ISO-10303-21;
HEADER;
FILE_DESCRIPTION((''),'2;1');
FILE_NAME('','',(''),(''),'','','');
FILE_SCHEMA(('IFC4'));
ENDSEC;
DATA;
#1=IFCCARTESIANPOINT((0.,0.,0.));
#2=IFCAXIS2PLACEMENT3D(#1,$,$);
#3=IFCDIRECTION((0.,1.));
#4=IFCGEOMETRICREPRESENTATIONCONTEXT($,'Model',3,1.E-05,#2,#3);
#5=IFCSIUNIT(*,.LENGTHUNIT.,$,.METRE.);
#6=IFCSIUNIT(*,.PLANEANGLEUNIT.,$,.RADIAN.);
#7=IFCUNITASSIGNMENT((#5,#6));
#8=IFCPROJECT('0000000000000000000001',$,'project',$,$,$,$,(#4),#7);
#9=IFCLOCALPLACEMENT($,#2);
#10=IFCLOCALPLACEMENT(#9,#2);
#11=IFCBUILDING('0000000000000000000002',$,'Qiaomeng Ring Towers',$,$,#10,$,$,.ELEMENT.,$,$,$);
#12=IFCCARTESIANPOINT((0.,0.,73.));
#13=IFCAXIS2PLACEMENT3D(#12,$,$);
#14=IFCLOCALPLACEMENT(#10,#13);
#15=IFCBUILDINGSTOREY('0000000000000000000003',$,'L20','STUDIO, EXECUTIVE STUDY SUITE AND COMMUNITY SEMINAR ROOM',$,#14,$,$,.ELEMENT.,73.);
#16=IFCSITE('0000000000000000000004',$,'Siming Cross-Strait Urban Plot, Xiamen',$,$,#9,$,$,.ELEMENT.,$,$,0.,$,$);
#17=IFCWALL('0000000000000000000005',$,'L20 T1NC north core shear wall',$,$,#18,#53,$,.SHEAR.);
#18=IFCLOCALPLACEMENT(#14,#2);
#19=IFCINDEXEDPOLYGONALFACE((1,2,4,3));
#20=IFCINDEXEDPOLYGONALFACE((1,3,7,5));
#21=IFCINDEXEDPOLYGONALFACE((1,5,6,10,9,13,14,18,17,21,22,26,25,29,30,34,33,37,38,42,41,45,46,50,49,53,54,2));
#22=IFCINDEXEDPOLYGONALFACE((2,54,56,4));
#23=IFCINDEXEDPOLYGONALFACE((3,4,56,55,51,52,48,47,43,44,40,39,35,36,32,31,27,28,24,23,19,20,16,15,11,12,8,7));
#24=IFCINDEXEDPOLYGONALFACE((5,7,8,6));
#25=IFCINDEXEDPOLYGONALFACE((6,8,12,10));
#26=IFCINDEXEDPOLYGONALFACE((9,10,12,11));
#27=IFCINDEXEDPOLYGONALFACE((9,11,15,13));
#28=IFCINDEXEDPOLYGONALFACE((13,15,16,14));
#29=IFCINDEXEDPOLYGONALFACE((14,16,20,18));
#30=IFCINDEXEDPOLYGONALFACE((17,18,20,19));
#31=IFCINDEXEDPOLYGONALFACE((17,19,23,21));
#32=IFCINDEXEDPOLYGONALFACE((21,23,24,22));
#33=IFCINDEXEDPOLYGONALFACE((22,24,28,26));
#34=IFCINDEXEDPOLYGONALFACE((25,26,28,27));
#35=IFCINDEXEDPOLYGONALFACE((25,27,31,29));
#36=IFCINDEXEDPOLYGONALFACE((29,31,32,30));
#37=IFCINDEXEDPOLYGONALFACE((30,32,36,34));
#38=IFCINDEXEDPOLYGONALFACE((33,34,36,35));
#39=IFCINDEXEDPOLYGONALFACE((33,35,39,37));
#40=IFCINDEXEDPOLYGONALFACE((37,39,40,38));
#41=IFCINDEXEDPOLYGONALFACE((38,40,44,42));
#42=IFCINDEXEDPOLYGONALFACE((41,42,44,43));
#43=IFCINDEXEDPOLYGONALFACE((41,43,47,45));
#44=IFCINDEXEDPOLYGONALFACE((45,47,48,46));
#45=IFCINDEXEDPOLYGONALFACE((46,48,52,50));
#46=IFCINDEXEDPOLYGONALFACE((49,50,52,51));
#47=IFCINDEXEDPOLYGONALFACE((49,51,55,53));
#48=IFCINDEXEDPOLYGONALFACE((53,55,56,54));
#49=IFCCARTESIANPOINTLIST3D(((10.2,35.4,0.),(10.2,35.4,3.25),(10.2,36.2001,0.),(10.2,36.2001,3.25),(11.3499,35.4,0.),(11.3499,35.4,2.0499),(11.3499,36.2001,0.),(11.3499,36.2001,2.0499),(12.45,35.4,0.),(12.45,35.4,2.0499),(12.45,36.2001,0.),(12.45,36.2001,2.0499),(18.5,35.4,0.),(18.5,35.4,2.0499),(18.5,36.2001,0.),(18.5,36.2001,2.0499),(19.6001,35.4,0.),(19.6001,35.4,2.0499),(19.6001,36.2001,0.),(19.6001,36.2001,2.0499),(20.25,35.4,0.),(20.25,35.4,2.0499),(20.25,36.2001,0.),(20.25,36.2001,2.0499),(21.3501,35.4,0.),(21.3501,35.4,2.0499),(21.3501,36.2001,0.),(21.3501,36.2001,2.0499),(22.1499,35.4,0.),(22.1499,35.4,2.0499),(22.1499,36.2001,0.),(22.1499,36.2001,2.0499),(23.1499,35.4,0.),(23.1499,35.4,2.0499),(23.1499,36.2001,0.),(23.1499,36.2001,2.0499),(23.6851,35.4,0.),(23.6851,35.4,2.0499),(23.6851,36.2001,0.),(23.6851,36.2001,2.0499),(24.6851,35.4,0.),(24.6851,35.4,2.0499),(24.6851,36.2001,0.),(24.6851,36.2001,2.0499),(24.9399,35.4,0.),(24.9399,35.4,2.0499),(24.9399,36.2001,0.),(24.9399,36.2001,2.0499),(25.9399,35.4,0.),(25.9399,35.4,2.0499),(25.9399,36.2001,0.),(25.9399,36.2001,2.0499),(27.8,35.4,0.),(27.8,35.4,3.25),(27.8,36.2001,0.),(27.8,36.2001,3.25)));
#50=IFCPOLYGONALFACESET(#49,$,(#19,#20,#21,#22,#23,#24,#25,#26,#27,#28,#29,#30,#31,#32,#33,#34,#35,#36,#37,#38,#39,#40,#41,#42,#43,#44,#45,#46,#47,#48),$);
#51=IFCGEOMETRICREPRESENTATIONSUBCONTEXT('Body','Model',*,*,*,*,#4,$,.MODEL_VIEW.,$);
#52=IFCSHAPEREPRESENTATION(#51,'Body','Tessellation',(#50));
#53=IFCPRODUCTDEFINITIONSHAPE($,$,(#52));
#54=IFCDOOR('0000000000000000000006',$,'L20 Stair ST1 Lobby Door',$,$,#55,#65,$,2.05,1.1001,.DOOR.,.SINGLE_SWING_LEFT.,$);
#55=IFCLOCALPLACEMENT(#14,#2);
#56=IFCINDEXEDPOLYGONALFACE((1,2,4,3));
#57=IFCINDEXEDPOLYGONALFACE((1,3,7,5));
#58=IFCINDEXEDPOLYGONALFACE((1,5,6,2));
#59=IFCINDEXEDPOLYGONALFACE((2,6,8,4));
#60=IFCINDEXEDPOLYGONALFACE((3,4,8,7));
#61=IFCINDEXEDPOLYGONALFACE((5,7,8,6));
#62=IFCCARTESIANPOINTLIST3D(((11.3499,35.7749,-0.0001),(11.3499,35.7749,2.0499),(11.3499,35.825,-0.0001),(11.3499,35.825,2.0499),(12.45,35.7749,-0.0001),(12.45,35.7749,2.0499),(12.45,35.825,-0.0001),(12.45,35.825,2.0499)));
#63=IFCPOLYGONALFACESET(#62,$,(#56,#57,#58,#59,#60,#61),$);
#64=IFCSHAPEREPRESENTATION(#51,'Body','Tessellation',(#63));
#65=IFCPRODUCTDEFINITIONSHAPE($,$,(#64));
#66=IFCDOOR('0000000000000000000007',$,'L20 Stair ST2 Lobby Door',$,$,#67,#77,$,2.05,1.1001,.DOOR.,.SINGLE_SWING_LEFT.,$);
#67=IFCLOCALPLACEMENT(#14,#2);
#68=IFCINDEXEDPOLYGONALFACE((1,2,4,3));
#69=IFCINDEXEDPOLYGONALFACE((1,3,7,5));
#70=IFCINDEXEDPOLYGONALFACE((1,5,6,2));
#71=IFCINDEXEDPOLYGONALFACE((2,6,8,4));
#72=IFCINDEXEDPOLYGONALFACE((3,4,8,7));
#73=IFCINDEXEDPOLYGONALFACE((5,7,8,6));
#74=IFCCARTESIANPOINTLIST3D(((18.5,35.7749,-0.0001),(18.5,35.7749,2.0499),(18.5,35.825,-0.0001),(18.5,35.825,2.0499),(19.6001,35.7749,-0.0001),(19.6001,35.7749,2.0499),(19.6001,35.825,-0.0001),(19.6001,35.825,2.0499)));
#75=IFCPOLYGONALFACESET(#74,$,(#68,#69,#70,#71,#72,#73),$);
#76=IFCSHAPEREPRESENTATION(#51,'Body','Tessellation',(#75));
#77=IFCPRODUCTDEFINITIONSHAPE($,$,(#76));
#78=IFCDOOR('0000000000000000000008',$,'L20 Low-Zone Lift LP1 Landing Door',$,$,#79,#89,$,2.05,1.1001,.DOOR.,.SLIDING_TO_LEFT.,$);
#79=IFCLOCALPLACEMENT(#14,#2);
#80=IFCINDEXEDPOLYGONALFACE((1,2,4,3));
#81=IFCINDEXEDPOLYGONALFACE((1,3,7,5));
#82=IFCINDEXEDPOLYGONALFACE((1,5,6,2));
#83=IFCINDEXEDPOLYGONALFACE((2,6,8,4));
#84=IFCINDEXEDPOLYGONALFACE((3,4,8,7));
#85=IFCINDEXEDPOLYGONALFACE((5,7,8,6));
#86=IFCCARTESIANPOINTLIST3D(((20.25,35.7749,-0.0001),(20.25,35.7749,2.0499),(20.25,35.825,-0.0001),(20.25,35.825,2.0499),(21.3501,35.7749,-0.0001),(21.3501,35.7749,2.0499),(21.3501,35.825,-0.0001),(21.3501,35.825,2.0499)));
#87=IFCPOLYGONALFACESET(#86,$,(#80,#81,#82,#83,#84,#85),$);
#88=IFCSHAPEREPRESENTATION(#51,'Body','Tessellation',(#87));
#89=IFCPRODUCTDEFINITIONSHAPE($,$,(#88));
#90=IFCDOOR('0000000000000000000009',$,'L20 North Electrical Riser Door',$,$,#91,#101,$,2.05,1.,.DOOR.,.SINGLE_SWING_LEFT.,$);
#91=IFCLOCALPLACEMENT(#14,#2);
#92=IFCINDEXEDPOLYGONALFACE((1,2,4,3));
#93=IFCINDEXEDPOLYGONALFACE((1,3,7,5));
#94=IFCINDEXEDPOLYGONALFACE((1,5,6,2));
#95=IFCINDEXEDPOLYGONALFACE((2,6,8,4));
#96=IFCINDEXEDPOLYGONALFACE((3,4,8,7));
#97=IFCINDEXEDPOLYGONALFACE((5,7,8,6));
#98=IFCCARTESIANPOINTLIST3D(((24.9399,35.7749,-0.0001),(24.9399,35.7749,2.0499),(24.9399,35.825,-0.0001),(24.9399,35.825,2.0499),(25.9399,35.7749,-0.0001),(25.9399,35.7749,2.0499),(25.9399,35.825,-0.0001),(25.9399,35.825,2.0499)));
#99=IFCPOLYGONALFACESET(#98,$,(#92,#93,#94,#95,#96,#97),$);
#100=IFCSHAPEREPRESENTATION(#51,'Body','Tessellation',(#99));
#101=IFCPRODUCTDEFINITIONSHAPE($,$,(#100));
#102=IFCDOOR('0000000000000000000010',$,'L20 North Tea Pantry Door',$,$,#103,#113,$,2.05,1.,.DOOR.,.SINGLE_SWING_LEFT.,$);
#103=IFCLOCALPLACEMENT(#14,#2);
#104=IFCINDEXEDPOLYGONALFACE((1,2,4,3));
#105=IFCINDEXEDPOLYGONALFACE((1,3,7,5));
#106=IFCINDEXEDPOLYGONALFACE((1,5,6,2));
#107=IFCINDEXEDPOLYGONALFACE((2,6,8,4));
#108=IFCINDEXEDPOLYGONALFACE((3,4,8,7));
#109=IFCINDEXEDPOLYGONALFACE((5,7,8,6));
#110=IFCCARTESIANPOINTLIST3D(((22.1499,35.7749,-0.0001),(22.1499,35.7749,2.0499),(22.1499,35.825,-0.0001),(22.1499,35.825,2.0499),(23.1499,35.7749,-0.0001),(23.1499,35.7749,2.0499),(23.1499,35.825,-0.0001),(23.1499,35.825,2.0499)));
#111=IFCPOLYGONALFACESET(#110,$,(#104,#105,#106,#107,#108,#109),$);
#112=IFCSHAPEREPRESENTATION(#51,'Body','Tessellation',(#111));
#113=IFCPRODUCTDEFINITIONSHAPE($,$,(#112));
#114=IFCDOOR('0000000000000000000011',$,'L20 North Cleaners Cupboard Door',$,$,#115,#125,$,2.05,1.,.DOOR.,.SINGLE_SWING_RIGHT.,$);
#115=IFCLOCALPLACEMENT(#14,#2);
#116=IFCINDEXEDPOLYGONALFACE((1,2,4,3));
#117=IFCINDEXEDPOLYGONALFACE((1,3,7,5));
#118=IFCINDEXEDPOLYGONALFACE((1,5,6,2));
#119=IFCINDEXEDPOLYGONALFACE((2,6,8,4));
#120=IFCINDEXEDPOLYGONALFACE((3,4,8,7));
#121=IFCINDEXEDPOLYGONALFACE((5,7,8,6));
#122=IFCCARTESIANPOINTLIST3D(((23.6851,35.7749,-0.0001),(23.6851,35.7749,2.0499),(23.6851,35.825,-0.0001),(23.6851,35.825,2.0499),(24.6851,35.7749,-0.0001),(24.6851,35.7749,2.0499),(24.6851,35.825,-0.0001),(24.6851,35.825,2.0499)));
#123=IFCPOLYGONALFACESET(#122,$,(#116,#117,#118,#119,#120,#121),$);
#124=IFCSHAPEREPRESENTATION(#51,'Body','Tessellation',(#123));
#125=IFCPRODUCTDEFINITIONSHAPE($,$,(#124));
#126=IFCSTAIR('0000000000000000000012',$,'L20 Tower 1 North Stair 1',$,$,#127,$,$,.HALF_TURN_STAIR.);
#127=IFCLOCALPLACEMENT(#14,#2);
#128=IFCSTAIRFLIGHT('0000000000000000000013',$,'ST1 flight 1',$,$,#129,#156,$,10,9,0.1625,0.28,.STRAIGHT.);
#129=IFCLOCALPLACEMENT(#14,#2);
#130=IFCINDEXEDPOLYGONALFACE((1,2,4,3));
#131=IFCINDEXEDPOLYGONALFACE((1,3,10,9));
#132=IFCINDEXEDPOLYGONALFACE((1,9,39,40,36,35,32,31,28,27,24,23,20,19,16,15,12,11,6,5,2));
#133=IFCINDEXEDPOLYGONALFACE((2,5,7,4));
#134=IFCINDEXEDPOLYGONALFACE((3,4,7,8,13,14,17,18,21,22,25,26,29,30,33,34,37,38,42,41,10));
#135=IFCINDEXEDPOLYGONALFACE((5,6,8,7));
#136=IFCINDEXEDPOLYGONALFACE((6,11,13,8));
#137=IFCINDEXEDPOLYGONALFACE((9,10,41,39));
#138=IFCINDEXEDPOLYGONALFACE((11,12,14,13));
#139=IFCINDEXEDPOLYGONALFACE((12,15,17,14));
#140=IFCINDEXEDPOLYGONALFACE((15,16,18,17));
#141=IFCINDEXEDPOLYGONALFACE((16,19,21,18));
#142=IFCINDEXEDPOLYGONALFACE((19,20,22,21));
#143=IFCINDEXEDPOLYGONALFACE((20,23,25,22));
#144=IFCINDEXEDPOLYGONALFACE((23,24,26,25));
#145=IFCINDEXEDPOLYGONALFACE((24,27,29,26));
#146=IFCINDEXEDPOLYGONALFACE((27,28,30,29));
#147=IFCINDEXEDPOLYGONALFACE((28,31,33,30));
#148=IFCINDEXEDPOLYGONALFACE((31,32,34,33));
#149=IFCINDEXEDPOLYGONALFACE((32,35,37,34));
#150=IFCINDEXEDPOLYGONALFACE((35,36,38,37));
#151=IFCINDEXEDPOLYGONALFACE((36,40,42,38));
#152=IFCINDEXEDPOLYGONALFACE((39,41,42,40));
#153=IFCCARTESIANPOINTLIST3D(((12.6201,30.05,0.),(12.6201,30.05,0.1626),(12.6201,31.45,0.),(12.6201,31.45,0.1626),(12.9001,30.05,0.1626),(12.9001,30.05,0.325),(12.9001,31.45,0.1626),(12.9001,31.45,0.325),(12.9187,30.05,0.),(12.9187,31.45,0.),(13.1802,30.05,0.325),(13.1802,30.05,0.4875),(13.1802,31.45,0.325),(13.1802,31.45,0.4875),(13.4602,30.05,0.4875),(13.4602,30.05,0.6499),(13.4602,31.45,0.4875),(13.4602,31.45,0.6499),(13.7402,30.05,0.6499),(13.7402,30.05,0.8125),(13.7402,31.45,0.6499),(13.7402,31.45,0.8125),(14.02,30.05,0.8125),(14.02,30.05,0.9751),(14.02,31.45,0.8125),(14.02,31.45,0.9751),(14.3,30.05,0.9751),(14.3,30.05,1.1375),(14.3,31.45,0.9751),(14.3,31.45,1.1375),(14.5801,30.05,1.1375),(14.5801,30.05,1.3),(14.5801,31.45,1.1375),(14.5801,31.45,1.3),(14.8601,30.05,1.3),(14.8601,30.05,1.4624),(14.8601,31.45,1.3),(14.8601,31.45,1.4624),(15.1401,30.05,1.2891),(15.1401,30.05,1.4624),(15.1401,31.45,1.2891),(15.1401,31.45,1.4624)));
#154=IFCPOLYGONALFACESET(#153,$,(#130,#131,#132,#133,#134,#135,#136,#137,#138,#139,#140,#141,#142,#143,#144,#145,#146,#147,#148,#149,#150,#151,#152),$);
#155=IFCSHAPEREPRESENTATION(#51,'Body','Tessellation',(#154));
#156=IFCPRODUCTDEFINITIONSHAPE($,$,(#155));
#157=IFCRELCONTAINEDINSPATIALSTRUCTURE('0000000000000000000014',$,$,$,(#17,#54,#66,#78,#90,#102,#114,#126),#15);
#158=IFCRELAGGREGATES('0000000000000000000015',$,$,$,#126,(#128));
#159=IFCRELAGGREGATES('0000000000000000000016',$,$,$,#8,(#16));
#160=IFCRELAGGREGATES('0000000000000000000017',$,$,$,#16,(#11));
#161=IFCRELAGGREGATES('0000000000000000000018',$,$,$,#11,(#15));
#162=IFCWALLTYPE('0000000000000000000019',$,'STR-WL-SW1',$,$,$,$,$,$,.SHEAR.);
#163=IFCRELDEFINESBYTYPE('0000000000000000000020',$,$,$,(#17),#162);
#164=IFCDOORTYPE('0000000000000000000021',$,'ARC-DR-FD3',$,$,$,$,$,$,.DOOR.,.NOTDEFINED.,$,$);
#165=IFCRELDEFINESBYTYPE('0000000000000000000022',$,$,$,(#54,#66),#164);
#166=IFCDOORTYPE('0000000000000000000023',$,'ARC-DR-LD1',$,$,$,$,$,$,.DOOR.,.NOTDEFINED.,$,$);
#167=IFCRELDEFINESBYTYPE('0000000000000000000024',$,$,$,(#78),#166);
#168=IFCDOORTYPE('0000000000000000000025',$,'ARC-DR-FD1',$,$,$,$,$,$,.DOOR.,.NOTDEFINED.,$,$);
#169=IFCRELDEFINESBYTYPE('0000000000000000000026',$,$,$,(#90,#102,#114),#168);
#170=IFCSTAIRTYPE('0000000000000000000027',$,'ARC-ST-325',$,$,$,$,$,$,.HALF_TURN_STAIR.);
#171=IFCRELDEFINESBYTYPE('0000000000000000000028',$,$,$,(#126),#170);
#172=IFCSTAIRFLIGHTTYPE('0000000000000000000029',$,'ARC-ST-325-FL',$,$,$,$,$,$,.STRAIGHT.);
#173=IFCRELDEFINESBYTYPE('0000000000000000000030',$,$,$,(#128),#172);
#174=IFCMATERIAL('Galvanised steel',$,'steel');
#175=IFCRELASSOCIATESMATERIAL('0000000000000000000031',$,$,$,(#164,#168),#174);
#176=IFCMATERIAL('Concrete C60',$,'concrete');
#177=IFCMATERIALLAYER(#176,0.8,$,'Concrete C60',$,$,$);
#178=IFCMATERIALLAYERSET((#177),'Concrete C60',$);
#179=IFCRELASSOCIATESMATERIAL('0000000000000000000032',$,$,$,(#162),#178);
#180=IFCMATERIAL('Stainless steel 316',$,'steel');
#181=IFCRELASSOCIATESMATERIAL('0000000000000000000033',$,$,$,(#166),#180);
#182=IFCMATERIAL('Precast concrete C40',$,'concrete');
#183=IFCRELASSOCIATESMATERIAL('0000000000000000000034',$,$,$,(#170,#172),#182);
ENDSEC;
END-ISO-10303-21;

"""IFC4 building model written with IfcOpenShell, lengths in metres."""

from ifc_helpers import new_model, si_unit, direction, frame, frame_2d, origin, place, context, subcontext, project, spatial, polyline, rectangle, outline, extrude, source, transform, mapped, material, layer, layer_set, type_object, element, fill, aggregate, save


model = new_model("IFC4")

# Units and contexts
model_context = context("Model", 3, precision=1e-05, world=origin(), true_north=direction((0.0, 1.0)))
body_context = subcontext(model_context, "Body", "Model", "MODEL_VIEW")
ifc_project = project(units=[si_unit("LENGTHUNIT", "METRE"), si_unit("PLANEANGLEUNIT", "RADIAN")], contexts=[model_context])

# Site, building, storey
site_placement = place(None, origin())
site = spatial("IfcSite", under=ifc_project, at=site_placement, Name="Siming Cross-Strait Urban Plot, Xiamen", CompositionType="ELEMENT", RefElevation=0.0)
building_placement = place(site_placement, origin())
building = spatial("IfcBuilding", under=site, at=building_placement, Name="Qiaomeng Ring Towers", CompositionType="ELEMENT")
storey_placement = place(building_placement, frame((0.0, 0.0, 73.0)))
storey = spatial("IfcBuildingStorey", under=building, at=storey_placement, Name="L20", Description="STUDIO, EXECUTIVE STUDY SUITE AND COMMUNITY SEMINAR ROOM", CompositionType="ELEMENT", Elevation=73.0)

# Shared definitions
shared_shape_1 = source(origin(), body_context, "Body", "SweptSolid", [
    extrude(rectangle(XDim=1.0, YDim=2.05, at=frame_2d((0.5, 1.0249))), frame((0.0, 0.0249, 0.0), z_axis=(0.0, -1.0, 0.0), x_axis=(1.0, 0.0, 0.0)), (0.0, 0.0, 1.0), 0.05),
])

# Shared definitions
ifc_material_1 = material(Name="Galvanised steel", Category="steel")
door_type_1 = type_object("IfcDoorType", Name="ARC-DR-FD3", OperationType="NOTDEFINED", PredefinedType="DOOR", material=ifc_material_1)
shared_shape_2 = source(origin(), body_context, "Body", "SweptSolid", [
    extrude(rectangle(XDim=1.1001, YDim=2.05, at=frame_2d((0.55, 1.0249))), frame((0.0, 0.0249, 0.0), z_axis=(0.0, -1.0, 0.0), x_axis=(1.0, 0.0, 0.0)), (0.0, 0.0, 1.0), 0.05),
])

# Wall, openings, doors
ifc_material_2 = material(Name="Concrete C60", Category="concrete")
ifc_layer_1 = layer(ifc_material_2, 0.8, Name="Concrete C60")
ifc_layer_set_1 = layer_set([ifc_layer_1], Name="Concrete C60")
wall_type_1 = type_object("IfcWallType", Name="STR-WL-SW1", PredefinedType="SHEAR", material=ifc_layer_set_1)
wall_1_placement = place(storey_placement, frame((10.2, 35.8, 0.0), z_axis=(0.0, 0.0, 1.0), x_axis=(1.0, 0.0, 0.0)))
wall_1 = element("IfcWall", 1, at=wall_1_placement, inside=storey, type_object=wall_type_1, Name="L20 T1NC north core shear wall", PredefinedType="SHEAR", context=body_context, shape_type="SweptSolid", body=[
    extrude(rectangle(XDim=17.6001, YDim=0.8, at=frame_2d((8.8, 0.0))), origin(), (0.0, 0.0, 1.0), 3.25),
])
opening_1_placement = place(wall_1_placement, frame((1.1499, 0.0, 0.0)))
opening_1 = element("IfcOpeningElement", 2, at=opening_1_placement, cuts=wall_1, PredefinedType="OPENING", context=body_context, shape_type="SweptSolid", body=[
    extrude(rectangle(XDim=1.1001, YDim=2.05, at=frame_2d((0.55, 1.0249))), frame((0.0, 0.4099, 0.0), z_axis=(0.0, -1.0, 0.0), x_axis=(1.0, 0.0, 0.0)), (0.0, 0.0, 1.0), 0.8201),
])
opening_2_placement = place(wall_1_placement, frame((8.3, 0.0, 0.0)))
opening_2 = element("IfcOpeningElement", 3, at=opening_2_placement, cuts=wall_1, PredefinedType="OPENING", context=body_context, shape_type="SweptSolid", body=[
    extrude(rectangle(XDim=1.1001, YDim=2.05, at=frame_2d((0.55, 1.0249))), frame((0.0, 0.4099, 0.0), z_axis=(0.0, -1.0, 0.0), x_axis=(1.0, 0.0, 0.0)), (0.0, 0.0, 1.0), 0.8201),
])
opening_3_placement = place(wall_1_placement, frame((10.05, 0.0, 0.0)))
opening_3 = element("IfcOpeningElement", 4, at=opening_3_placement, cuts=wall_1, PredefinedType="OPENING", context=body_context, shape_type="SweptSolid", body=[
    extrude(rectangle(XDim=1.1001, YDim=2.05, at=frame_2d((0.55, 1.0249))), frame((0.0, 0.4099, 0.0), z_axis=(0.0, -1.0, 0.0), x_axis=(1.0, 0.0, 0.0)), (0.0, 0.0, 1.0), 0.8201),
])
opening_4_placement = place(wall_1_placement, frame((14.74, 0.0, 0.0)))
opening_4 = element("IfcOpeningElement", 5, at=opening_4_placement, cuts=wall_1, PredefinedType="OPENING", context=body_context, shape_type="SweptSolid", body=[
    extrude(rectangle(XDim=1.0, YDim=2.05, at=frame_2d((0.5, 1.0249))), frame((0.0, 0.4099, 0.0), z_axis=(0.0, -1.0, 0.0), x_axis=(1.0, 0.0, 0.0)), (0.0, 0.0, 1.0), 0.8201),
])
opening_5_placement = place(wall_1_placement, frame((11.95, 0.0, 0.0)))
opening_5 = element("IfcOpeningElement", 6, at=opening_5_placement, cuts=wall_1, PredefinedType="OPENING", context=body_context, shape_type="SweptSolid", body=[
    extrude(rectangle(XDim=1.0, YDim=2.05, at=frame_2d((0.5, 1.0249))), frame((0.0, 0.4099, 0.0), z_axis=(0.0, -1.0, 0.0), x_axis=(1.0, 0.0, 0.0)), (0.0, 0.0, 1.0), 0.8201),
])
opening_6_placement = place(wall_1_placement, frame((13.4851, 0.0, 0.0)))
opening_6 = element("IfcOpeningElement", 7, at=opening_6_placement, cuts=wall_1, PredefinedType="OPENING", context=body_context, shape_type="SweptSolid", body=[
    extrude(rectangle(XDim=1.0, YDim=2.05, at=frame_2d((0.5, 1.0249))), frame((0.0, 0.4099, 0.0), z_axis=(0.0, -1.0, 0.0), x_axis=(1.0, 0.0, 0.0)), (0.0, 0.0, 1.0), 0.8201),
])
door_1_placement = place(opening_1_placement, origin())
door_1 = element("IfcDoor", 8, at=door_1_placement, inside=storey, type_object=door_type_1, Name="L20 Stair ST1 Lobby Door", OperationType="SINGLE_SWING_LEFT", OverallHeight=2.05, OverallWidth=1.1001, PredefinedType="DOOR", context=body_context, shape_type="MappedRepresentation", body=[
    mapped(shared_shape_2, transform((0.0, 0.0, 0.0), x_axis=(1.0, 0.0, 0.0), y_axis=(0.0, 1.0, 0.0), z_axis=(0.0, 0.0, 1.0), scale=1.0)),
])
fill(opening_1, door_1)
door_2_placement = place(opening_2_placement, origin())
door_2 = element("IfcDoor", 9, at=door_2_placement, inside=storey, type_object=door_type_1, Name="L20 Stair ST2 Lobby Door", OperationType="SINGLE_SWING_LEFT", OverallHeight=2.05, OverallWidth=1.1001, PredefinedType="DOOR", context=body_context, shape_type="MappedRepresentation", body=[
    mapped(shared_shape_2, transform((0.0, 0.0, 0.0), x_axis=(1.0, 0.0, 0.0), y_axis=(0.0, 1.0, 0.0), z_axis=(0.0, 0.0, 1.0), scale=1.0)),
])
fill(opening_2, door_2)
ifc_material_3 = material(Name="Stainless steel 316", Category="steel")
door_type_2 = type_object("IfcDoorType", Name="ARC-DR-LD1", OperationType="NOTDEFINED", PredefinedType="DOOR", material=ifc_material_3)
door_3_placement = place(opening_3_placement, origin())
door_3 = element("IfcDoor", 10, at=door_3_placement, inside=storey, type_object=door_type_2, Name="L20 Low-Zone Lift LP1 Landing Door", OperationType="SLIDING_TO_LEFT", OverallHeight=2.05, OverallWidth=1.1001, PredefinedType="DOOR", context=body_context, shape_type="MappedRepresentation", body=[
    mapped(shared_shape_2, transform((0.0, 0.0, 0.0), x_axis=(1.0, 0.0, 0.0), y_axis=(0.0, 1.0, 0.0), z_axis=(0.0, 0.0, 1.0), scale=1.0)),
])
fill(opening_3, door_3)
door_type_3 = type_object("IfcDoorType", Name="ARC-DR-FD1", OperationType="NOTDEFINED", PredefinedType="DOOR", material=ifc_material_1)
door_4_placement = place(opening_4_placement, origin())
door_4 = element("IfcDoor", 11, at=door_4_placement, inside=storey, type_object=door_type_3, Name="L20 North Electrical Riser Door", OperationType="SINGLE_SWING_LEFT", OverallHeight=2.05, OverallWidth=1.0, PredefinedType="DOOR", context=body_context, shape_type="MappedRepresentation", body=[
    mapped(shared_shape_1, transform((0.0, 0.0, 0.0), x_axis=(1.0, 0.0, 0.0), y_axis=(0.0, 1.0, 0.0), z_axis=(0.0, 0.0, 1.0), scale=1.0)),
])
fill(opening_4, door_4)
door_5_placement = place(opening_5_placement, origin())
door_5 = element("IfcDoor", 12, at=door_5_placement, inside=storey, type_object=door_type_3, Name="L20 North Tea Pantry Door", OperationType="SINGLE_SWING_LEFT", OverallHeight=2.05, OverallWidth=1.0, PredefinedType="DOOR", context=body_context, shape_type="MappedRepresentation", body=[
    mapped(shared_shape_1, transform((0.0, 0.0, 0.0), x_axis=(1.0, 0.0, 0.0), y_axis=(0.0, 1.0, 0.0), z_axis=(0.0, 0.0, 1.0), scale=1.0)),
])
fill(opening_5, door_5)
door_6_placement = place(opening_6_placement, origin())
door_6 = element("IfcDoor", 13, at=door_6_placement, inside=storey, type_object=door_type_3, Name="L20 North Cleaners Cupboard Door", OperationType="SINGLE_SWING_RIGHT", OverallHeight=2.05, OverallWidth=1.0, PredefinedType="DOOR", context=body_context, shape_type="MappedRepresentation", body=[
    mapped(shared_shape_1, transform((0.0, 0.0, 0.0), x_axis=(1.0, 0.0, 0.0), y_axis=(0.0, 1.0, 0.0), z_axis=(0.0, 0.0, 1.0), scale=1.0)),
])
fill(opening_6, door_6)

# Stair, stair flight
ifc_material_4 = material(Name="Precast concrete C40", Category="concrete")
stair_type = type_object("IfcStairType", Name="ARC-ST-325", PredefinedType="HALF_TURN_STAIR", material=ifc_material_4)
stair_placement = place(storey_placement, origin())
stair = element("IfcStair", 14, at=stair_placement, inside=storey, type_object=stair_type, Name="L20 Tower 1 North Stair 1", PredefinedType="HALF_TURN_STAIR")
stair_flight_type = type_object("IfcStairFlightType", Name="ARC-ST-325-FL", PredefinedType="STRAIGHT", material=ifc_material_4)
shared_shape_3 = source(origin(), body_context, "Body", "SweptSolid", [
    extrude(outline(polyline([(0.0, 0.0), (0.0, 0.1626), (0.28, 0.1626), (0.28, 0.325), (0.5601, 0.325), (0.5601, 0.4875), (0.8401, 0.4875), (0.8401, 0.6499), (1.1201, 0.6499), (1.1201, 0.8125), (1.3999, 0.8125), (1.3999, 0.9751), (1.6799, 0.9751), (1.6799, 1.1375), (1.96, 1.1375), (1.96, 1.3), (2.24, 1.3), (2.24, 1.4624), (2.52, 1.4624), (2.52, 1.625), (2.52, 1.2891), (0.2986, 0.0), (0.0, 0.0)])), frame((0.0, 0.7, 0.0), z_axis=(0.0, -1.0, 0.0), x_axis=(1.0, 0.0, 0.0)), (0.0, 0.0, 1.0), 1.3999),
])
stair_flight_placement = place(storey_placement, frame((12.6201, 30.75, 0.0), z_axis=(0.0, 0.0, 1.0), x_axis=(1.0, 0.0, 0.0)))
stair_flight = element("IfcStairFlight", 15, at=stair_flight_placement, type_object=stair_flight_type, Name="ST1 flight 1", NumberOfRisers=10, NumberOfTreads=9, PredefinedType="STRAIGHT", RiserHeight=0.1625, TreadLength=0.28, context=body_context, shape_type="MappedRepresentation", body=[
    mapped(shared_shape_3, transform((0.0, 0.0, 0.0), x_axis=(1.0, 0.0, 0.0), y_axis=(0.0, 1.0, 0.0), z_axis=(0.0, 0.0, 1.0), scale=1.0)),
])
aggregate(stair, [stair_flight])

save(model, "model.ifc")
